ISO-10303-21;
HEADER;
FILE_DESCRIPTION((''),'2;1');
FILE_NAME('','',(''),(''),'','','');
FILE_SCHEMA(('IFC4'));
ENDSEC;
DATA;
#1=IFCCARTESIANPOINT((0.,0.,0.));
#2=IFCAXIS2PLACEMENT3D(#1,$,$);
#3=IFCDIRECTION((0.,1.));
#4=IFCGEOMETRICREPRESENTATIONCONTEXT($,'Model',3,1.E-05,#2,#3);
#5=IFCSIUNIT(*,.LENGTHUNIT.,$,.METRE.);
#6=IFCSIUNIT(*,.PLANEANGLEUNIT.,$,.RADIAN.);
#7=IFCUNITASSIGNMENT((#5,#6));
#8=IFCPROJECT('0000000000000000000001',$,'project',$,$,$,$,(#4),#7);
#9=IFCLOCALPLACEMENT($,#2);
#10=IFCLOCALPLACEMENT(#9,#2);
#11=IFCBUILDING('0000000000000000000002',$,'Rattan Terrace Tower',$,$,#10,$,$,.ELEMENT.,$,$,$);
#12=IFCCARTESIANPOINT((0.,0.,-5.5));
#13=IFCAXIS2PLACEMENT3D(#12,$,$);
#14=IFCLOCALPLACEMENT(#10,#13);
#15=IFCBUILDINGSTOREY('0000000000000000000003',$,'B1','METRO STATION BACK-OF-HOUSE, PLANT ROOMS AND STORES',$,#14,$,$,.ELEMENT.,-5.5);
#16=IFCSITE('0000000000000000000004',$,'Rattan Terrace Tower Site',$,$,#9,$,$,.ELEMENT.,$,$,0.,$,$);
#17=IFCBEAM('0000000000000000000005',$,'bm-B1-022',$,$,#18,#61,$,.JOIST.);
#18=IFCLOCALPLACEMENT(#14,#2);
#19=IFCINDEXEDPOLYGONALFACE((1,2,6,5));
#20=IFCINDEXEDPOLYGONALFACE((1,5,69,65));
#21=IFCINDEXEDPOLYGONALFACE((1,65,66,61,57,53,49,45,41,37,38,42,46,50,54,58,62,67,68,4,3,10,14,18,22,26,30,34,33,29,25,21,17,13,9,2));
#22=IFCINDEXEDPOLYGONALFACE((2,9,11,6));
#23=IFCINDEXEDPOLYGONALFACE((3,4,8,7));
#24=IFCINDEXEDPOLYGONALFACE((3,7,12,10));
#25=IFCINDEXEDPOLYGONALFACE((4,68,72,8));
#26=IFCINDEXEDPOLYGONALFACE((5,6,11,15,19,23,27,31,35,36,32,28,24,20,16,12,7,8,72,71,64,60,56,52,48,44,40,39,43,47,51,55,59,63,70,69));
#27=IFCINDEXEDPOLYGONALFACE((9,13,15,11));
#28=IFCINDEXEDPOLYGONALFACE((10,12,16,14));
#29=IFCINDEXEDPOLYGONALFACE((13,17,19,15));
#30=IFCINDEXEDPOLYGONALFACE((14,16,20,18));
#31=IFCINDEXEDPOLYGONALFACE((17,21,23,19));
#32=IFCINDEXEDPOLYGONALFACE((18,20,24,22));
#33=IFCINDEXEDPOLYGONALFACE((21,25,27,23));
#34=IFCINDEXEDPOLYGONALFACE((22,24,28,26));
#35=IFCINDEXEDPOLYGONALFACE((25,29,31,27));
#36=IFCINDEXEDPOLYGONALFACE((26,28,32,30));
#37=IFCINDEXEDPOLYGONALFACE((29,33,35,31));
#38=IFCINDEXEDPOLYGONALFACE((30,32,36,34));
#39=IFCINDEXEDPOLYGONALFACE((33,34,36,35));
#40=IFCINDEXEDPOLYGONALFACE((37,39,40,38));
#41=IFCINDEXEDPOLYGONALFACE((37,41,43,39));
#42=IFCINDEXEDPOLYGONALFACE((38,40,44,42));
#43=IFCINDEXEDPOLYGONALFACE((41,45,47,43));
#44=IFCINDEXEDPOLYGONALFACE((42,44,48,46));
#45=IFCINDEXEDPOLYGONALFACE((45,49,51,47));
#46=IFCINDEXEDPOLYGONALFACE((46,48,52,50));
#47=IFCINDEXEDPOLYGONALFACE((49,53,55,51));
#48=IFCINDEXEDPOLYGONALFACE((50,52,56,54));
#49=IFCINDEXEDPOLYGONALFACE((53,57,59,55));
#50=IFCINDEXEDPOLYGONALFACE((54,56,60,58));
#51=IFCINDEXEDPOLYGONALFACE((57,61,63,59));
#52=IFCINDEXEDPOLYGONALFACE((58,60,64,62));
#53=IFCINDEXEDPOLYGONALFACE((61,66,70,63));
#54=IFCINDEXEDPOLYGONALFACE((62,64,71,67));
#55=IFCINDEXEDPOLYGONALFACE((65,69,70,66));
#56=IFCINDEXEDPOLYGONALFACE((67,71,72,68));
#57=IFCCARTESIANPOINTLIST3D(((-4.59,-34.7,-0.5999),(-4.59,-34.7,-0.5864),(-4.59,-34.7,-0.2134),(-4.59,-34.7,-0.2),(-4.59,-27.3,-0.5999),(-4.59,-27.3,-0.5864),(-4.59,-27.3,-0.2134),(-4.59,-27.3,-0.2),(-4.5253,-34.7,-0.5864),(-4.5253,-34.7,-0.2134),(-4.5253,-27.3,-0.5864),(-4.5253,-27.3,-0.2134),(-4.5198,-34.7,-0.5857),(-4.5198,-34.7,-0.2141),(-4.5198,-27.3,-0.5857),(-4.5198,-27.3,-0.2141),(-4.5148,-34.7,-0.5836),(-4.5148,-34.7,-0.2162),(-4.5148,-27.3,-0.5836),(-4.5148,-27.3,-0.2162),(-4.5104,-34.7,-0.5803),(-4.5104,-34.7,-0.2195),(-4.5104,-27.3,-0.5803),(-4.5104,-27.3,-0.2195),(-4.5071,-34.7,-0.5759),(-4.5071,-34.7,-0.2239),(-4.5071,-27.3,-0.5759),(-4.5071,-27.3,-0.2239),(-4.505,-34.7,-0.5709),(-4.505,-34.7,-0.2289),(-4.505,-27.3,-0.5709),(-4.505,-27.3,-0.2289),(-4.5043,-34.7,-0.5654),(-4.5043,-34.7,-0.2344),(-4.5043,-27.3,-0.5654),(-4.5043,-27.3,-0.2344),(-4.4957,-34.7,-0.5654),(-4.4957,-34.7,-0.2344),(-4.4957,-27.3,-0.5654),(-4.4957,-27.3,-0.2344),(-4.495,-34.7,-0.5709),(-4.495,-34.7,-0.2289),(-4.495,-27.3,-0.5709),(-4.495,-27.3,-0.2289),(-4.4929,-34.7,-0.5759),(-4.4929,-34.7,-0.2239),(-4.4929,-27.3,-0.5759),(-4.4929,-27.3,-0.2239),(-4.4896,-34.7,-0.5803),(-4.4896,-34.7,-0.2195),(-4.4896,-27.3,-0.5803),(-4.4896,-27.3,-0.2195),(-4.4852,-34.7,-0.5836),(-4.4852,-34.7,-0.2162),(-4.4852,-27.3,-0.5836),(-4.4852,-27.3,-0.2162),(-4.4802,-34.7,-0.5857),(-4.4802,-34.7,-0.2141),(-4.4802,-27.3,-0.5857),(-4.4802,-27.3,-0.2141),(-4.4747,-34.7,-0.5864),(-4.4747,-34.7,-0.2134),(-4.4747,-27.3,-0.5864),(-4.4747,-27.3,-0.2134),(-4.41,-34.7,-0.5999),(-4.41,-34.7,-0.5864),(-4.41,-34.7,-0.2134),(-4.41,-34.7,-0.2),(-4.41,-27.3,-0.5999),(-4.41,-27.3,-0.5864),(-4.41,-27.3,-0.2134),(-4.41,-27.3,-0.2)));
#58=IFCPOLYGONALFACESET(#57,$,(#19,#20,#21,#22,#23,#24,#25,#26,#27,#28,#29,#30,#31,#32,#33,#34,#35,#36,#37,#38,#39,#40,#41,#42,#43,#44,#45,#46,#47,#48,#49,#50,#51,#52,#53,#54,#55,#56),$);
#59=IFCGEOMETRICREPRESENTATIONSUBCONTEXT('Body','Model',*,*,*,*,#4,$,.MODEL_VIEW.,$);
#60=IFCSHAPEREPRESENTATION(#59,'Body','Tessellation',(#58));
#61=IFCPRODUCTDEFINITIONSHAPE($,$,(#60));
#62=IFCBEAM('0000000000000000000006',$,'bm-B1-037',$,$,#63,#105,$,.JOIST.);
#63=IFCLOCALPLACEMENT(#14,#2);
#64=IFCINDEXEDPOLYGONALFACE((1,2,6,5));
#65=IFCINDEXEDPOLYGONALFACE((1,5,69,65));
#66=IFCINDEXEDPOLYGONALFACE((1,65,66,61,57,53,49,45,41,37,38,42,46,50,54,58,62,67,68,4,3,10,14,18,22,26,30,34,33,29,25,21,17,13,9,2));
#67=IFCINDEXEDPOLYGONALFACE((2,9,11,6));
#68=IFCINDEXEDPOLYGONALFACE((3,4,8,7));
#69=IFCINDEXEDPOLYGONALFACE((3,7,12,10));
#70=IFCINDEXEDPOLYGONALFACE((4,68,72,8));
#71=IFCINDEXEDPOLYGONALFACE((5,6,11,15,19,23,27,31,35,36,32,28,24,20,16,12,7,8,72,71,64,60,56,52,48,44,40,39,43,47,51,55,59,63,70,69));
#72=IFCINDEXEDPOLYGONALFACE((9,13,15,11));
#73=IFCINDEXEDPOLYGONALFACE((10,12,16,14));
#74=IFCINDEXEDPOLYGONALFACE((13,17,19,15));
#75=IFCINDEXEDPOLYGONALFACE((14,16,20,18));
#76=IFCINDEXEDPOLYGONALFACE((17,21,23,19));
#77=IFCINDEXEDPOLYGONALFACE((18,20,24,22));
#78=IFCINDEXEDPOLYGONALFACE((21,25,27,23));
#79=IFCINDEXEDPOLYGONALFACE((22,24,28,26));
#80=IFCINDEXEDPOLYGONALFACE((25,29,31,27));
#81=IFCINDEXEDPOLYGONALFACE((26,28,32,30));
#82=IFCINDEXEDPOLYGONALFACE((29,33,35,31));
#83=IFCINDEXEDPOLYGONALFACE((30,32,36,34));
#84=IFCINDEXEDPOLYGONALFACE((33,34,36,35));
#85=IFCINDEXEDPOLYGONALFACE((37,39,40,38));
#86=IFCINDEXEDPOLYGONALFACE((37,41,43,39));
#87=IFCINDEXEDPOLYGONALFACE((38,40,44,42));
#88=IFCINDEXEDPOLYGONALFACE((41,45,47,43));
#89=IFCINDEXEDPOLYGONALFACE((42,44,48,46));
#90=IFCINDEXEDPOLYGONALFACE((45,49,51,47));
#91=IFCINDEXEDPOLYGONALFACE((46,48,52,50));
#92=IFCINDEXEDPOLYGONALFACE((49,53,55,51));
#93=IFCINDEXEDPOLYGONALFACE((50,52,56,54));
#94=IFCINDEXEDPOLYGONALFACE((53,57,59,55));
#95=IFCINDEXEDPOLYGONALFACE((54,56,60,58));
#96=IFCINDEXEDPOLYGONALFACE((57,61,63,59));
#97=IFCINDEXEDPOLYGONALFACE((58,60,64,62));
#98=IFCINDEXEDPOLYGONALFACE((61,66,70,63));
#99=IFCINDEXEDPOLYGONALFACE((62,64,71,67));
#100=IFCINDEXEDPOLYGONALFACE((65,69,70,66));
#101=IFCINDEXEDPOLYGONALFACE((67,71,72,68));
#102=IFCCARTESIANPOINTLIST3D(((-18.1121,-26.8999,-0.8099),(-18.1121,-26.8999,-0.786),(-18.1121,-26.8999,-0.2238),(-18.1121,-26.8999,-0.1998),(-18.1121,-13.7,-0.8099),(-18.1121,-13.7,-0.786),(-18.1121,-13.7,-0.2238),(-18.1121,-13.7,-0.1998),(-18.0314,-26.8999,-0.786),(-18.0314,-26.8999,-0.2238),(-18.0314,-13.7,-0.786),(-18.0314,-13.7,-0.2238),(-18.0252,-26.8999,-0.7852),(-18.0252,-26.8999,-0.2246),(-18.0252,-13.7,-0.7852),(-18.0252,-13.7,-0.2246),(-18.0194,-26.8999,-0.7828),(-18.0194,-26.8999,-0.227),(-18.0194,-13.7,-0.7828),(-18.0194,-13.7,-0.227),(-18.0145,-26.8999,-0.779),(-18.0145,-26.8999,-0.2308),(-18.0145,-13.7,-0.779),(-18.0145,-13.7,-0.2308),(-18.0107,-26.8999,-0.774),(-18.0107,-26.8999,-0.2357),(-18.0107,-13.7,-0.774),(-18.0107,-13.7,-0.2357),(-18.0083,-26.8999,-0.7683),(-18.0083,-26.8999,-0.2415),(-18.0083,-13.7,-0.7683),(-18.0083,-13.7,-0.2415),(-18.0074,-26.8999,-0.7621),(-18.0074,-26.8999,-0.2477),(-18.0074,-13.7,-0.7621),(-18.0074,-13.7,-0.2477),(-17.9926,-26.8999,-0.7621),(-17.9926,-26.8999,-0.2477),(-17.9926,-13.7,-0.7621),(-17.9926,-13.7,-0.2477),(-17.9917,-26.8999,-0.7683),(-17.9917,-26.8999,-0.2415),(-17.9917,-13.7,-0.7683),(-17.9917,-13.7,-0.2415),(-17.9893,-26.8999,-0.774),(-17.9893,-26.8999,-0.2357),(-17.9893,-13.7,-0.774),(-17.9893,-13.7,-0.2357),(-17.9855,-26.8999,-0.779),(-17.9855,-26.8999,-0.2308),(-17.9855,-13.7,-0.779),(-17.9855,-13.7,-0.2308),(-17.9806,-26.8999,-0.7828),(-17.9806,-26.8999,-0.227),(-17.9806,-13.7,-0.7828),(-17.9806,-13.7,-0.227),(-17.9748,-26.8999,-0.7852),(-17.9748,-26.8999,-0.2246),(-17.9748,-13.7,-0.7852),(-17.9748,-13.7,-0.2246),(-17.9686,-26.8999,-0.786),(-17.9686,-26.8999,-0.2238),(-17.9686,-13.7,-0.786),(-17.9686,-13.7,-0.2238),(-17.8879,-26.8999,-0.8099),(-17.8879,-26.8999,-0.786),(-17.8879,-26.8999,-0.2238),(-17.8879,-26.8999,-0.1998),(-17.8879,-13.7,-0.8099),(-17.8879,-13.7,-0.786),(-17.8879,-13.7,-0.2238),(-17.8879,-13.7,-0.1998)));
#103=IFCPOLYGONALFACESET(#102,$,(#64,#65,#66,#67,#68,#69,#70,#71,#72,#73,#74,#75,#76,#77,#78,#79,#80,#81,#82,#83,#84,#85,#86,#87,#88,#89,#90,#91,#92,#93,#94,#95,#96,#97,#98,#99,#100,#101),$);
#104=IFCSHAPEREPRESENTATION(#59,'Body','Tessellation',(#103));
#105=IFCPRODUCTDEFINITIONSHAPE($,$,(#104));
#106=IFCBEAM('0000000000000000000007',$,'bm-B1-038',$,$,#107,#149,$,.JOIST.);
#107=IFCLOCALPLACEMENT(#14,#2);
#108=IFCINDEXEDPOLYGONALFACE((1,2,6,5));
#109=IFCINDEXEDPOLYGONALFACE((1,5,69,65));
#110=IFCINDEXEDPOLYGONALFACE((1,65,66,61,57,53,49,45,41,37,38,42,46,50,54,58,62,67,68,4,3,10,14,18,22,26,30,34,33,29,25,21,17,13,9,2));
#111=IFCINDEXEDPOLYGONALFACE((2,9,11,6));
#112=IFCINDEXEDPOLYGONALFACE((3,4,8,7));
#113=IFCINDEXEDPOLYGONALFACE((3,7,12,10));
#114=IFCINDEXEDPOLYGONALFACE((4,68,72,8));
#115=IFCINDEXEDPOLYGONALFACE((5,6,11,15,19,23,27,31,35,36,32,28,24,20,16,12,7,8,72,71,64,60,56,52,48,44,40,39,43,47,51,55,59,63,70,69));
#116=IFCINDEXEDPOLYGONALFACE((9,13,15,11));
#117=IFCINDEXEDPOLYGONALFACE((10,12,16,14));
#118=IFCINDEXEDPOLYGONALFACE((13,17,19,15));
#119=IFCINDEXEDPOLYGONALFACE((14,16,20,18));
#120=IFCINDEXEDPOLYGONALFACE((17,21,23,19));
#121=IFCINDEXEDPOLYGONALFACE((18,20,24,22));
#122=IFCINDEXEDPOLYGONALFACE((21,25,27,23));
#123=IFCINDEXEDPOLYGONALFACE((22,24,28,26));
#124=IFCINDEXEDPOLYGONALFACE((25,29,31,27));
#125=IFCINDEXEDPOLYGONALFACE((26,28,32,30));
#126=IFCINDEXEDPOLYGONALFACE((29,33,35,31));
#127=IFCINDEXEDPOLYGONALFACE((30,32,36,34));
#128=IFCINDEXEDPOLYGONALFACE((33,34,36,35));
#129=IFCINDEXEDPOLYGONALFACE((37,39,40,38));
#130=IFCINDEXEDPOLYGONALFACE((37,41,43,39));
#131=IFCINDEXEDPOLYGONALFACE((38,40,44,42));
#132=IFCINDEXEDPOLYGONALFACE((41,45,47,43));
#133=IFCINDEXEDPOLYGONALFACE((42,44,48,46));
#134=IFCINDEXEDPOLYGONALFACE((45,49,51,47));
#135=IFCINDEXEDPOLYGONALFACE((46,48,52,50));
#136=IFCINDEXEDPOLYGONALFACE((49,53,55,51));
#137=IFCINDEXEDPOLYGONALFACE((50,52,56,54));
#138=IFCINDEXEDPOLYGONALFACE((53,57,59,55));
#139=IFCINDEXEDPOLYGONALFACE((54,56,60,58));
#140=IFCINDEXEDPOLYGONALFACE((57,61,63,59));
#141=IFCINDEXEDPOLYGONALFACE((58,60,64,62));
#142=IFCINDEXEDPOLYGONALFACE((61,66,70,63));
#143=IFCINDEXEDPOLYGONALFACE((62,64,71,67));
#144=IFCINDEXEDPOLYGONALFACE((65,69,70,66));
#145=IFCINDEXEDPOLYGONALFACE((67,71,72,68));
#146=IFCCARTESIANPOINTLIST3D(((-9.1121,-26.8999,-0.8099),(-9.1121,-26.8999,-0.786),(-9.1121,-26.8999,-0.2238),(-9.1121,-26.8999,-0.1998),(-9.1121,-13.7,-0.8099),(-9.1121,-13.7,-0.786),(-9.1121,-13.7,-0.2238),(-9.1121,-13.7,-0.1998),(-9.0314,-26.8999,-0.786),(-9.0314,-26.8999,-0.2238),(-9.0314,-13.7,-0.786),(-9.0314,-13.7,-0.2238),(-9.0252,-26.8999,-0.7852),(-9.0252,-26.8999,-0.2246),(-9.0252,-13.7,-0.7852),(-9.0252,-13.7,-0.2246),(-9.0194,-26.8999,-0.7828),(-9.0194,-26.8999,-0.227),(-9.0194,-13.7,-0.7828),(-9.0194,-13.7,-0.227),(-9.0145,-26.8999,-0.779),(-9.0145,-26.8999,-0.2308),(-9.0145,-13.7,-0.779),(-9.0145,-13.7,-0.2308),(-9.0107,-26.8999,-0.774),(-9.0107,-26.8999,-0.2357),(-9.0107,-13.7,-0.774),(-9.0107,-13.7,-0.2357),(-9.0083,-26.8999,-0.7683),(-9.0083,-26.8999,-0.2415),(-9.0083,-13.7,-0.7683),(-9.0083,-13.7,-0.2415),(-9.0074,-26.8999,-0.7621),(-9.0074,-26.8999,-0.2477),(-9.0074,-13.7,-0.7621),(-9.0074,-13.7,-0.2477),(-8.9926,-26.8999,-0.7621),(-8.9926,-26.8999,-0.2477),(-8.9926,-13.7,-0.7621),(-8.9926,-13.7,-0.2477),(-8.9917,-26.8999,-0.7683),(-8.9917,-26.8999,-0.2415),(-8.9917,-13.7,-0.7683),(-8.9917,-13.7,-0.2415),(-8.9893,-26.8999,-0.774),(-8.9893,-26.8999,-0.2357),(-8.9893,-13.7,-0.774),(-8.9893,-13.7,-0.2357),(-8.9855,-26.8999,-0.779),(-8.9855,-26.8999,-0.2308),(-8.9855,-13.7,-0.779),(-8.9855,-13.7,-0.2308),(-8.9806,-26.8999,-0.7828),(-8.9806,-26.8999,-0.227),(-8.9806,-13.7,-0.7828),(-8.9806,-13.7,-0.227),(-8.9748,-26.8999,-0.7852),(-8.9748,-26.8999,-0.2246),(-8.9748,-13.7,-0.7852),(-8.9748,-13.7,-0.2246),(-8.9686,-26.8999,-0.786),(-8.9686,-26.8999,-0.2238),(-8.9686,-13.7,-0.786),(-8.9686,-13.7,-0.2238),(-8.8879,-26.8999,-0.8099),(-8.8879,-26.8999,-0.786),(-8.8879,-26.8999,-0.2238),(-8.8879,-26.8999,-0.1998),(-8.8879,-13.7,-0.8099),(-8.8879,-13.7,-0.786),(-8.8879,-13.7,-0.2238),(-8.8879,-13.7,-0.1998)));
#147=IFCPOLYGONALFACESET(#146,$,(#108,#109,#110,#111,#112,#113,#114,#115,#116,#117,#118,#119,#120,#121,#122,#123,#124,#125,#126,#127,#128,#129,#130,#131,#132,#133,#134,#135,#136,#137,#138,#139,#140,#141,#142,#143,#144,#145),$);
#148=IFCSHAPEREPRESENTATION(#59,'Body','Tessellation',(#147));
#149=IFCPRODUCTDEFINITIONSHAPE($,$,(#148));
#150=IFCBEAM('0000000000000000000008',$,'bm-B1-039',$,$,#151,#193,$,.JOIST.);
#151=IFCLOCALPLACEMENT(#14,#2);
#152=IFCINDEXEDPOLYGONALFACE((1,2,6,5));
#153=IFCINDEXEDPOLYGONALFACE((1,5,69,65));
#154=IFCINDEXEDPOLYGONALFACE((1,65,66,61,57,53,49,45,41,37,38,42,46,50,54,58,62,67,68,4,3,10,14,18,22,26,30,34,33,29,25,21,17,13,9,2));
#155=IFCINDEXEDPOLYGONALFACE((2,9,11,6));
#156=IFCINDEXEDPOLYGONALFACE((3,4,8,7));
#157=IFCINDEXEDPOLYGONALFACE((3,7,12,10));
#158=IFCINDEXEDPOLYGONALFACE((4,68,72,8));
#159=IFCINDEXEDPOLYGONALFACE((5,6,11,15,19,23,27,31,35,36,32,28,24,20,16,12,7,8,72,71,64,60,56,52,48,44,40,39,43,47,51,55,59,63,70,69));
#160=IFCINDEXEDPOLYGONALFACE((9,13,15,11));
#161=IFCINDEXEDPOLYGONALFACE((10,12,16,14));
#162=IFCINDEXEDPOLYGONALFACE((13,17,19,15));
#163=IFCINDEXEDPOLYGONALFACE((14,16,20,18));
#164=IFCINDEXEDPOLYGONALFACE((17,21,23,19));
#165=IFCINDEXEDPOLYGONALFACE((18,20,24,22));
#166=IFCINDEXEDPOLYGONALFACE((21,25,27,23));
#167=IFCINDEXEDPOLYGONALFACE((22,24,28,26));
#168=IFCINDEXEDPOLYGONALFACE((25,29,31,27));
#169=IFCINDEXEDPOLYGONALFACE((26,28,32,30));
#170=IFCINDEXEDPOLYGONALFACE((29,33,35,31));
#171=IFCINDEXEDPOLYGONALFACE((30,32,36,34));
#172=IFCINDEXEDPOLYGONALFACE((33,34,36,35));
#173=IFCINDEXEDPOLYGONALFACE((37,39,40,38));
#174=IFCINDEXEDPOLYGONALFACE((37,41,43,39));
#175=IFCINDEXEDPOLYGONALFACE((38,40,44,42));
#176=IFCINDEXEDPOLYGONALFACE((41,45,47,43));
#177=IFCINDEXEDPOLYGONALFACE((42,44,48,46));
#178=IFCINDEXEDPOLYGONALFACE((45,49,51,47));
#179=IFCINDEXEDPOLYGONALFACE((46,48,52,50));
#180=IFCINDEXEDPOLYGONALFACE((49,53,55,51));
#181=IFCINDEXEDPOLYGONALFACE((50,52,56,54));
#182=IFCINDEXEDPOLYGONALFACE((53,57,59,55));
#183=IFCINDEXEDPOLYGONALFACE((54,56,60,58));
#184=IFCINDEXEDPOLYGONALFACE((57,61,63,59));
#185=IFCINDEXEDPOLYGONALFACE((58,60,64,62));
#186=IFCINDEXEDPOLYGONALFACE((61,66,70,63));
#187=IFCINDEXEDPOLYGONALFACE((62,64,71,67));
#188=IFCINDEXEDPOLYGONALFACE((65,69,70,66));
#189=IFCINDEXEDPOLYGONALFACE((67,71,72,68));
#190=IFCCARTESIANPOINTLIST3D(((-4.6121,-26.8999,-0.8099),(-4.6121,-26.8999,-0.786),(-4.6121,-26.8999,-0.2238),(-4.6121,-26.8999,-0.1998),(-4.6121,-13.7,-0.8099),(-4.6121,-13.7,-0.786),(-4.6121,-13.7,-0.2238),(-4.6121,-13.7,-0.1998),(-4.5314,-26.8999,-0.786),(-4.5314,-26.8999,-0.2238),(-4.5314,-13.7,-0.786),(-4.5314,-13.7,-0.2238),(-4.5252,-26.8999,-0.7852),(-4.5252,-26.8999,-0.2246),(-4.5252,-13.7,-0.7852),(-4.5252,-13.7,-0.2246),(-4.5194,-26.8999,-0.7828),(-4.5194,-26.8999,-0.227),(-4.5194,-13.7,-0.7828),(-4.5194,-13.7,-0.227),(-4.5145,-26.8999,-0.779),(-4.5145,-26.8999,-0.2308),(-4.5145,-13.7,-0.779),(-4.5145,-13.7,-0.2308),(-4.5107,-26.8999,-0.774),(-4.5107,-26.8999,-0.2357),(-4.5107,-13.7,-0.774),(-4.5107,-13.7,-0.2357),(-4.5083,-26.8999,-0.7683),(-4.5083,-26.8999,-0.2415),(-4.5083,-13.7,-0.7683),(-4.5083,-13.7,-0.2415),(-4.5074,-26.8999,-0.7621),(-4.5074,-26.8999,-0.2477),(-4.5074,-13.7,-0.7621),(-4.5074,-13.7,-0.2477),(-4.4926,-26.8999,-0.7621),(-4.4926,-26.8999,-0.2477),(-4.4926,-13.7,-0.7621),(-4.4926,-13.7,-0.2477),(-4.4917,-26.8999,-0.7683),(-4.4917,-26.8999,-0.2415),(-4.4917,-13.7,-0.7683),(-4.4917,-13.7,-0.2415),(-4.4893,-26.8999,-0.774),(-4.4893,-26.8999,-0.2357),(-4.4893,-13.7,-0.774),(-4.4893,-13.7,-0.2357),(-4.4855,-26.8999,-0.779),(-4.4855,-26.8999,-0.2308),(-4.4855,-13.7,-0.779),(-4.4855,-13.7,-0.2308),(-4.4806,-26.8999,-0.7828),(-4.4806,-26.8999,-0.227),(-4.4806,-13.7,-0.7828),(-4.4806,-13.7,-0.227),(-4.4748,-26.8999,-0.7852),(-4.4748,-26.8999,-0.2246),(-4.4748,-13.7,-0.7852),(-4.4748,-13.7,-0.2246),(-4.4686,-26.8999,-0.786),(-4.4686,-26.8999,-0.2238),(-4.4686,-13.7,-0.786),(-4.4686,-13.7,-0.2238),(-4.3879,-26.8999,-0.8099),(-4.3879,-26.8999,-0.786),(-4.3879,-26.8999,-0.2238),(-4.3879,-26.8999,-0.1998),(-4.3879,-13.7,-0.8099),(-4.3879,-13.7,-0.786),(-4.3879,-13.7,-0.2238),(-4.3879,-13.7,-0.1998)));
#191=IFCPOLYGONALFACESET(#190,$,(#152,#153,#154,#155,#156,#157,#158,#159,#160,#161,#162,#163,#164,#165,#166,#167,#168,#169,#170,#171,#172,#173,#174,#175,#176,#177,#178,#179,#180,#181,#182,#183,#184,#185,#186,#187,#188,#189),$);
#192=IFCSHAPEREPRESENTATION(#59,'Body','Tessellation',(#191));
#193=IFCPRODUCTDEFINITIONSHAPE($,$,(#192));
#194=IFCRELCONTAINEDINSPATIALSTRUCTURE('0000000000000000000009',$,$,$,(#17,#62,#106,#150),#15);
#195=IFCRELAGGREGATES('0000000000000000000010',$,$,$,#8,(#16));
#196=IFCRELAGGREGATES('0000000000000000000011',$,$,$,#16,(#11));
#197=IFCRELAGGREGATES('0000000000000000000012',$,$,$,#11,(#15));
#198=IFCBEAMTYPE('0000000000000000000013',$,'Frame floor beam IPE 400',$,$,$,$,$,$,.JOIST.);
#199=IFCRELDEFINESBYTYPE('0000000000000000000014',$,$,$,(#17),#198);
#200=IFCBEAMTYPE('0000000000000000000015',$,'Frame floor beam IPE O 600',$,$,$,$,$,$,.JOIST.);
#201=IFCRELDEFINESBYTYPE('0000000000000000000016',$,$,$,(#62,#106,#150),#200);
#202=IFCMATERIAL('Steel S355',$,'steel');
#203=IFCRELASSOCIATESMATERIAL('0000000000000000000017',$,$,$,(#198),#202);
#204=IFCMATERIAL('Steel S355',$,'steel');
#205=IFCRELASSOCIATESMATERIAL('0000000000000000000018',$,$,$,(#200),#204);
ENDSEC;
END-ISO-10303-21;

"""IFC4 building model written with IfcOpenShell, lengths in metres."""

from ifc_helpers import new_model, si_unit, direction, frame, origin, origin_2d, place, context, subcontext, project, spatial, i_section, extrude, material, material_profile, profile_set, type_object, element, save


model = new_model("IFC4")

# Units and contexts
model_context = context("Model", 3, precision=1e-05, world=origin(), true_north=direction((0.0, 1.0)))
body_context = subcontext(model_context, "Body", "Model", "MODEL_VIEW")
ifc_project = project(units=[si_unit("LENGTHUNIT", "METRE"), si_unit("PLANEANGLEUNIT", "RADIAN")], contexts=[model_context])

# Site, building, storey
site_placement = place(None, origin())
site = spatial("IfcSite", under=ifc_project, at=site_placement, Name="Rattan Terrace Tower Site", CompositionType="ELEMENT", RefElevation=0.0)
building_placement = place(site_placement, origin())
building = spatial("IfcBuilding", under=site, at=building_placement, Name="Rattan Terrace Tower", CompositionType="ELEMENT")
storey_placement = place(building_placement, frame((0.0, 0.0, -5.5)))
storey = spatial("IfcBuildingStorey", under=building, at=storey_placement, Name="B1", Description="METRO STATION BACK-OF-HOUSE, PLANT ROOMS AND STORES", CompositionType="ELEMENT", Elevation=-5.5)

# Beams
ifc_material_1 = material(Name="Steel S355", Category="steel")
ifc_material_profile_1 = material_profile(ifc_material_1, i_section(OverallWidth=0.1799, OverallDepth=0.3999, WebThickness=0.0085, FlangeThickness=0.0134, FilletRadius=0.021, at=origin_2d()), Name="IPE 400")
ifc_profile_set_1 = profile_set([ifc_material_profile_1], Name="Steel S355")
beam_type_1 = type_object("IfcBeamType", Name="Frame floor beam IPE 400", PredefinedType="JOIST", material=ifc_profile_set_1)
for number, where, z_axis, x_axis, name in (
    (1, (-4.5, -34.7, -0.3999), (0.0, 1.0, 0.0), (-1.0, 0.0, 0.0), "bm-B1-022"),
):
    element("IfcBeam", number, at=place(storey_placement, frame(where, z_axis=z_axis, x_axis=x_axis)), inside=storey, type_object=beam_type_1, Name=name, PredefinedType="JOIST", context=body_context, shape_type="SweptSolid", body=[
        extrude(i_section(OverallWidth=0.1799, OverallDepth=0.3999, WebThickness=0.0085, FlangeThickness=0.0134, FilletRadius=0.021, at=origin_2d()), origin(), (0.0, 0.0, 1.0), 7.3999),
    ])
ifc_material_2 = material(Name="Steel S355", Category="steel")
ifc_material_profile_2 = material_profile(ifc_material_2, i_section(OverallWidth=0.2241, OverallDepth=0.6101, WebThickness=0.0149, FlangeThickness=0.0239, FilletRadius=0.0239, at=origin_2d()), Name="IPE O 600")
ifc_profile_set_2 = profile_set([ifc_material_profile_2], Name="Steel S355")
beam_type_2 = type_object("IfcBeamType", Name="Frame floor beam IPE O 600", PredefinedType="JOIST", material=ifc_profile_set_2)
for number, where, z_axis, x_axis, name in (
    (2, (-18.0, -26.8999, -0.5049), (0.0, 1.0, 0.0), (-1.0, 0.0, 0.0), "bm-B1-037"),
    (3, (-9.0, -26.8999, -0.5049), (0.0, 1.0, 0.0), (-1.0, 0.0, 0.0), "bm-B1-038"),
    (4, (-4.5, -26.8999, -0.5049), (0.0, 1.0, 0.0), (-1.0, 0.0, 0.0), "bm-B1-039"),
):
    element("IfcBeam", number, at=place(storey_placement, frame(where, z_axis=z_axis, x_axis=x_axis)), inside=storey, type_object=beam_type_2, Name=name, PredefinedType="JOIST", context=body_context, shape_type="SweptSolid", body=[
        extrude(i_section(OverallWidth=0.2241, OverallDepth=0.6101, WebThickness=0.0149, FlangeThickness=0.0239, FilletRadius=0.0239, at=origin_2d()), origin(), (0.0, 0.0, 1.0), 13.2),
    ])

save(model, "model.ifc")
